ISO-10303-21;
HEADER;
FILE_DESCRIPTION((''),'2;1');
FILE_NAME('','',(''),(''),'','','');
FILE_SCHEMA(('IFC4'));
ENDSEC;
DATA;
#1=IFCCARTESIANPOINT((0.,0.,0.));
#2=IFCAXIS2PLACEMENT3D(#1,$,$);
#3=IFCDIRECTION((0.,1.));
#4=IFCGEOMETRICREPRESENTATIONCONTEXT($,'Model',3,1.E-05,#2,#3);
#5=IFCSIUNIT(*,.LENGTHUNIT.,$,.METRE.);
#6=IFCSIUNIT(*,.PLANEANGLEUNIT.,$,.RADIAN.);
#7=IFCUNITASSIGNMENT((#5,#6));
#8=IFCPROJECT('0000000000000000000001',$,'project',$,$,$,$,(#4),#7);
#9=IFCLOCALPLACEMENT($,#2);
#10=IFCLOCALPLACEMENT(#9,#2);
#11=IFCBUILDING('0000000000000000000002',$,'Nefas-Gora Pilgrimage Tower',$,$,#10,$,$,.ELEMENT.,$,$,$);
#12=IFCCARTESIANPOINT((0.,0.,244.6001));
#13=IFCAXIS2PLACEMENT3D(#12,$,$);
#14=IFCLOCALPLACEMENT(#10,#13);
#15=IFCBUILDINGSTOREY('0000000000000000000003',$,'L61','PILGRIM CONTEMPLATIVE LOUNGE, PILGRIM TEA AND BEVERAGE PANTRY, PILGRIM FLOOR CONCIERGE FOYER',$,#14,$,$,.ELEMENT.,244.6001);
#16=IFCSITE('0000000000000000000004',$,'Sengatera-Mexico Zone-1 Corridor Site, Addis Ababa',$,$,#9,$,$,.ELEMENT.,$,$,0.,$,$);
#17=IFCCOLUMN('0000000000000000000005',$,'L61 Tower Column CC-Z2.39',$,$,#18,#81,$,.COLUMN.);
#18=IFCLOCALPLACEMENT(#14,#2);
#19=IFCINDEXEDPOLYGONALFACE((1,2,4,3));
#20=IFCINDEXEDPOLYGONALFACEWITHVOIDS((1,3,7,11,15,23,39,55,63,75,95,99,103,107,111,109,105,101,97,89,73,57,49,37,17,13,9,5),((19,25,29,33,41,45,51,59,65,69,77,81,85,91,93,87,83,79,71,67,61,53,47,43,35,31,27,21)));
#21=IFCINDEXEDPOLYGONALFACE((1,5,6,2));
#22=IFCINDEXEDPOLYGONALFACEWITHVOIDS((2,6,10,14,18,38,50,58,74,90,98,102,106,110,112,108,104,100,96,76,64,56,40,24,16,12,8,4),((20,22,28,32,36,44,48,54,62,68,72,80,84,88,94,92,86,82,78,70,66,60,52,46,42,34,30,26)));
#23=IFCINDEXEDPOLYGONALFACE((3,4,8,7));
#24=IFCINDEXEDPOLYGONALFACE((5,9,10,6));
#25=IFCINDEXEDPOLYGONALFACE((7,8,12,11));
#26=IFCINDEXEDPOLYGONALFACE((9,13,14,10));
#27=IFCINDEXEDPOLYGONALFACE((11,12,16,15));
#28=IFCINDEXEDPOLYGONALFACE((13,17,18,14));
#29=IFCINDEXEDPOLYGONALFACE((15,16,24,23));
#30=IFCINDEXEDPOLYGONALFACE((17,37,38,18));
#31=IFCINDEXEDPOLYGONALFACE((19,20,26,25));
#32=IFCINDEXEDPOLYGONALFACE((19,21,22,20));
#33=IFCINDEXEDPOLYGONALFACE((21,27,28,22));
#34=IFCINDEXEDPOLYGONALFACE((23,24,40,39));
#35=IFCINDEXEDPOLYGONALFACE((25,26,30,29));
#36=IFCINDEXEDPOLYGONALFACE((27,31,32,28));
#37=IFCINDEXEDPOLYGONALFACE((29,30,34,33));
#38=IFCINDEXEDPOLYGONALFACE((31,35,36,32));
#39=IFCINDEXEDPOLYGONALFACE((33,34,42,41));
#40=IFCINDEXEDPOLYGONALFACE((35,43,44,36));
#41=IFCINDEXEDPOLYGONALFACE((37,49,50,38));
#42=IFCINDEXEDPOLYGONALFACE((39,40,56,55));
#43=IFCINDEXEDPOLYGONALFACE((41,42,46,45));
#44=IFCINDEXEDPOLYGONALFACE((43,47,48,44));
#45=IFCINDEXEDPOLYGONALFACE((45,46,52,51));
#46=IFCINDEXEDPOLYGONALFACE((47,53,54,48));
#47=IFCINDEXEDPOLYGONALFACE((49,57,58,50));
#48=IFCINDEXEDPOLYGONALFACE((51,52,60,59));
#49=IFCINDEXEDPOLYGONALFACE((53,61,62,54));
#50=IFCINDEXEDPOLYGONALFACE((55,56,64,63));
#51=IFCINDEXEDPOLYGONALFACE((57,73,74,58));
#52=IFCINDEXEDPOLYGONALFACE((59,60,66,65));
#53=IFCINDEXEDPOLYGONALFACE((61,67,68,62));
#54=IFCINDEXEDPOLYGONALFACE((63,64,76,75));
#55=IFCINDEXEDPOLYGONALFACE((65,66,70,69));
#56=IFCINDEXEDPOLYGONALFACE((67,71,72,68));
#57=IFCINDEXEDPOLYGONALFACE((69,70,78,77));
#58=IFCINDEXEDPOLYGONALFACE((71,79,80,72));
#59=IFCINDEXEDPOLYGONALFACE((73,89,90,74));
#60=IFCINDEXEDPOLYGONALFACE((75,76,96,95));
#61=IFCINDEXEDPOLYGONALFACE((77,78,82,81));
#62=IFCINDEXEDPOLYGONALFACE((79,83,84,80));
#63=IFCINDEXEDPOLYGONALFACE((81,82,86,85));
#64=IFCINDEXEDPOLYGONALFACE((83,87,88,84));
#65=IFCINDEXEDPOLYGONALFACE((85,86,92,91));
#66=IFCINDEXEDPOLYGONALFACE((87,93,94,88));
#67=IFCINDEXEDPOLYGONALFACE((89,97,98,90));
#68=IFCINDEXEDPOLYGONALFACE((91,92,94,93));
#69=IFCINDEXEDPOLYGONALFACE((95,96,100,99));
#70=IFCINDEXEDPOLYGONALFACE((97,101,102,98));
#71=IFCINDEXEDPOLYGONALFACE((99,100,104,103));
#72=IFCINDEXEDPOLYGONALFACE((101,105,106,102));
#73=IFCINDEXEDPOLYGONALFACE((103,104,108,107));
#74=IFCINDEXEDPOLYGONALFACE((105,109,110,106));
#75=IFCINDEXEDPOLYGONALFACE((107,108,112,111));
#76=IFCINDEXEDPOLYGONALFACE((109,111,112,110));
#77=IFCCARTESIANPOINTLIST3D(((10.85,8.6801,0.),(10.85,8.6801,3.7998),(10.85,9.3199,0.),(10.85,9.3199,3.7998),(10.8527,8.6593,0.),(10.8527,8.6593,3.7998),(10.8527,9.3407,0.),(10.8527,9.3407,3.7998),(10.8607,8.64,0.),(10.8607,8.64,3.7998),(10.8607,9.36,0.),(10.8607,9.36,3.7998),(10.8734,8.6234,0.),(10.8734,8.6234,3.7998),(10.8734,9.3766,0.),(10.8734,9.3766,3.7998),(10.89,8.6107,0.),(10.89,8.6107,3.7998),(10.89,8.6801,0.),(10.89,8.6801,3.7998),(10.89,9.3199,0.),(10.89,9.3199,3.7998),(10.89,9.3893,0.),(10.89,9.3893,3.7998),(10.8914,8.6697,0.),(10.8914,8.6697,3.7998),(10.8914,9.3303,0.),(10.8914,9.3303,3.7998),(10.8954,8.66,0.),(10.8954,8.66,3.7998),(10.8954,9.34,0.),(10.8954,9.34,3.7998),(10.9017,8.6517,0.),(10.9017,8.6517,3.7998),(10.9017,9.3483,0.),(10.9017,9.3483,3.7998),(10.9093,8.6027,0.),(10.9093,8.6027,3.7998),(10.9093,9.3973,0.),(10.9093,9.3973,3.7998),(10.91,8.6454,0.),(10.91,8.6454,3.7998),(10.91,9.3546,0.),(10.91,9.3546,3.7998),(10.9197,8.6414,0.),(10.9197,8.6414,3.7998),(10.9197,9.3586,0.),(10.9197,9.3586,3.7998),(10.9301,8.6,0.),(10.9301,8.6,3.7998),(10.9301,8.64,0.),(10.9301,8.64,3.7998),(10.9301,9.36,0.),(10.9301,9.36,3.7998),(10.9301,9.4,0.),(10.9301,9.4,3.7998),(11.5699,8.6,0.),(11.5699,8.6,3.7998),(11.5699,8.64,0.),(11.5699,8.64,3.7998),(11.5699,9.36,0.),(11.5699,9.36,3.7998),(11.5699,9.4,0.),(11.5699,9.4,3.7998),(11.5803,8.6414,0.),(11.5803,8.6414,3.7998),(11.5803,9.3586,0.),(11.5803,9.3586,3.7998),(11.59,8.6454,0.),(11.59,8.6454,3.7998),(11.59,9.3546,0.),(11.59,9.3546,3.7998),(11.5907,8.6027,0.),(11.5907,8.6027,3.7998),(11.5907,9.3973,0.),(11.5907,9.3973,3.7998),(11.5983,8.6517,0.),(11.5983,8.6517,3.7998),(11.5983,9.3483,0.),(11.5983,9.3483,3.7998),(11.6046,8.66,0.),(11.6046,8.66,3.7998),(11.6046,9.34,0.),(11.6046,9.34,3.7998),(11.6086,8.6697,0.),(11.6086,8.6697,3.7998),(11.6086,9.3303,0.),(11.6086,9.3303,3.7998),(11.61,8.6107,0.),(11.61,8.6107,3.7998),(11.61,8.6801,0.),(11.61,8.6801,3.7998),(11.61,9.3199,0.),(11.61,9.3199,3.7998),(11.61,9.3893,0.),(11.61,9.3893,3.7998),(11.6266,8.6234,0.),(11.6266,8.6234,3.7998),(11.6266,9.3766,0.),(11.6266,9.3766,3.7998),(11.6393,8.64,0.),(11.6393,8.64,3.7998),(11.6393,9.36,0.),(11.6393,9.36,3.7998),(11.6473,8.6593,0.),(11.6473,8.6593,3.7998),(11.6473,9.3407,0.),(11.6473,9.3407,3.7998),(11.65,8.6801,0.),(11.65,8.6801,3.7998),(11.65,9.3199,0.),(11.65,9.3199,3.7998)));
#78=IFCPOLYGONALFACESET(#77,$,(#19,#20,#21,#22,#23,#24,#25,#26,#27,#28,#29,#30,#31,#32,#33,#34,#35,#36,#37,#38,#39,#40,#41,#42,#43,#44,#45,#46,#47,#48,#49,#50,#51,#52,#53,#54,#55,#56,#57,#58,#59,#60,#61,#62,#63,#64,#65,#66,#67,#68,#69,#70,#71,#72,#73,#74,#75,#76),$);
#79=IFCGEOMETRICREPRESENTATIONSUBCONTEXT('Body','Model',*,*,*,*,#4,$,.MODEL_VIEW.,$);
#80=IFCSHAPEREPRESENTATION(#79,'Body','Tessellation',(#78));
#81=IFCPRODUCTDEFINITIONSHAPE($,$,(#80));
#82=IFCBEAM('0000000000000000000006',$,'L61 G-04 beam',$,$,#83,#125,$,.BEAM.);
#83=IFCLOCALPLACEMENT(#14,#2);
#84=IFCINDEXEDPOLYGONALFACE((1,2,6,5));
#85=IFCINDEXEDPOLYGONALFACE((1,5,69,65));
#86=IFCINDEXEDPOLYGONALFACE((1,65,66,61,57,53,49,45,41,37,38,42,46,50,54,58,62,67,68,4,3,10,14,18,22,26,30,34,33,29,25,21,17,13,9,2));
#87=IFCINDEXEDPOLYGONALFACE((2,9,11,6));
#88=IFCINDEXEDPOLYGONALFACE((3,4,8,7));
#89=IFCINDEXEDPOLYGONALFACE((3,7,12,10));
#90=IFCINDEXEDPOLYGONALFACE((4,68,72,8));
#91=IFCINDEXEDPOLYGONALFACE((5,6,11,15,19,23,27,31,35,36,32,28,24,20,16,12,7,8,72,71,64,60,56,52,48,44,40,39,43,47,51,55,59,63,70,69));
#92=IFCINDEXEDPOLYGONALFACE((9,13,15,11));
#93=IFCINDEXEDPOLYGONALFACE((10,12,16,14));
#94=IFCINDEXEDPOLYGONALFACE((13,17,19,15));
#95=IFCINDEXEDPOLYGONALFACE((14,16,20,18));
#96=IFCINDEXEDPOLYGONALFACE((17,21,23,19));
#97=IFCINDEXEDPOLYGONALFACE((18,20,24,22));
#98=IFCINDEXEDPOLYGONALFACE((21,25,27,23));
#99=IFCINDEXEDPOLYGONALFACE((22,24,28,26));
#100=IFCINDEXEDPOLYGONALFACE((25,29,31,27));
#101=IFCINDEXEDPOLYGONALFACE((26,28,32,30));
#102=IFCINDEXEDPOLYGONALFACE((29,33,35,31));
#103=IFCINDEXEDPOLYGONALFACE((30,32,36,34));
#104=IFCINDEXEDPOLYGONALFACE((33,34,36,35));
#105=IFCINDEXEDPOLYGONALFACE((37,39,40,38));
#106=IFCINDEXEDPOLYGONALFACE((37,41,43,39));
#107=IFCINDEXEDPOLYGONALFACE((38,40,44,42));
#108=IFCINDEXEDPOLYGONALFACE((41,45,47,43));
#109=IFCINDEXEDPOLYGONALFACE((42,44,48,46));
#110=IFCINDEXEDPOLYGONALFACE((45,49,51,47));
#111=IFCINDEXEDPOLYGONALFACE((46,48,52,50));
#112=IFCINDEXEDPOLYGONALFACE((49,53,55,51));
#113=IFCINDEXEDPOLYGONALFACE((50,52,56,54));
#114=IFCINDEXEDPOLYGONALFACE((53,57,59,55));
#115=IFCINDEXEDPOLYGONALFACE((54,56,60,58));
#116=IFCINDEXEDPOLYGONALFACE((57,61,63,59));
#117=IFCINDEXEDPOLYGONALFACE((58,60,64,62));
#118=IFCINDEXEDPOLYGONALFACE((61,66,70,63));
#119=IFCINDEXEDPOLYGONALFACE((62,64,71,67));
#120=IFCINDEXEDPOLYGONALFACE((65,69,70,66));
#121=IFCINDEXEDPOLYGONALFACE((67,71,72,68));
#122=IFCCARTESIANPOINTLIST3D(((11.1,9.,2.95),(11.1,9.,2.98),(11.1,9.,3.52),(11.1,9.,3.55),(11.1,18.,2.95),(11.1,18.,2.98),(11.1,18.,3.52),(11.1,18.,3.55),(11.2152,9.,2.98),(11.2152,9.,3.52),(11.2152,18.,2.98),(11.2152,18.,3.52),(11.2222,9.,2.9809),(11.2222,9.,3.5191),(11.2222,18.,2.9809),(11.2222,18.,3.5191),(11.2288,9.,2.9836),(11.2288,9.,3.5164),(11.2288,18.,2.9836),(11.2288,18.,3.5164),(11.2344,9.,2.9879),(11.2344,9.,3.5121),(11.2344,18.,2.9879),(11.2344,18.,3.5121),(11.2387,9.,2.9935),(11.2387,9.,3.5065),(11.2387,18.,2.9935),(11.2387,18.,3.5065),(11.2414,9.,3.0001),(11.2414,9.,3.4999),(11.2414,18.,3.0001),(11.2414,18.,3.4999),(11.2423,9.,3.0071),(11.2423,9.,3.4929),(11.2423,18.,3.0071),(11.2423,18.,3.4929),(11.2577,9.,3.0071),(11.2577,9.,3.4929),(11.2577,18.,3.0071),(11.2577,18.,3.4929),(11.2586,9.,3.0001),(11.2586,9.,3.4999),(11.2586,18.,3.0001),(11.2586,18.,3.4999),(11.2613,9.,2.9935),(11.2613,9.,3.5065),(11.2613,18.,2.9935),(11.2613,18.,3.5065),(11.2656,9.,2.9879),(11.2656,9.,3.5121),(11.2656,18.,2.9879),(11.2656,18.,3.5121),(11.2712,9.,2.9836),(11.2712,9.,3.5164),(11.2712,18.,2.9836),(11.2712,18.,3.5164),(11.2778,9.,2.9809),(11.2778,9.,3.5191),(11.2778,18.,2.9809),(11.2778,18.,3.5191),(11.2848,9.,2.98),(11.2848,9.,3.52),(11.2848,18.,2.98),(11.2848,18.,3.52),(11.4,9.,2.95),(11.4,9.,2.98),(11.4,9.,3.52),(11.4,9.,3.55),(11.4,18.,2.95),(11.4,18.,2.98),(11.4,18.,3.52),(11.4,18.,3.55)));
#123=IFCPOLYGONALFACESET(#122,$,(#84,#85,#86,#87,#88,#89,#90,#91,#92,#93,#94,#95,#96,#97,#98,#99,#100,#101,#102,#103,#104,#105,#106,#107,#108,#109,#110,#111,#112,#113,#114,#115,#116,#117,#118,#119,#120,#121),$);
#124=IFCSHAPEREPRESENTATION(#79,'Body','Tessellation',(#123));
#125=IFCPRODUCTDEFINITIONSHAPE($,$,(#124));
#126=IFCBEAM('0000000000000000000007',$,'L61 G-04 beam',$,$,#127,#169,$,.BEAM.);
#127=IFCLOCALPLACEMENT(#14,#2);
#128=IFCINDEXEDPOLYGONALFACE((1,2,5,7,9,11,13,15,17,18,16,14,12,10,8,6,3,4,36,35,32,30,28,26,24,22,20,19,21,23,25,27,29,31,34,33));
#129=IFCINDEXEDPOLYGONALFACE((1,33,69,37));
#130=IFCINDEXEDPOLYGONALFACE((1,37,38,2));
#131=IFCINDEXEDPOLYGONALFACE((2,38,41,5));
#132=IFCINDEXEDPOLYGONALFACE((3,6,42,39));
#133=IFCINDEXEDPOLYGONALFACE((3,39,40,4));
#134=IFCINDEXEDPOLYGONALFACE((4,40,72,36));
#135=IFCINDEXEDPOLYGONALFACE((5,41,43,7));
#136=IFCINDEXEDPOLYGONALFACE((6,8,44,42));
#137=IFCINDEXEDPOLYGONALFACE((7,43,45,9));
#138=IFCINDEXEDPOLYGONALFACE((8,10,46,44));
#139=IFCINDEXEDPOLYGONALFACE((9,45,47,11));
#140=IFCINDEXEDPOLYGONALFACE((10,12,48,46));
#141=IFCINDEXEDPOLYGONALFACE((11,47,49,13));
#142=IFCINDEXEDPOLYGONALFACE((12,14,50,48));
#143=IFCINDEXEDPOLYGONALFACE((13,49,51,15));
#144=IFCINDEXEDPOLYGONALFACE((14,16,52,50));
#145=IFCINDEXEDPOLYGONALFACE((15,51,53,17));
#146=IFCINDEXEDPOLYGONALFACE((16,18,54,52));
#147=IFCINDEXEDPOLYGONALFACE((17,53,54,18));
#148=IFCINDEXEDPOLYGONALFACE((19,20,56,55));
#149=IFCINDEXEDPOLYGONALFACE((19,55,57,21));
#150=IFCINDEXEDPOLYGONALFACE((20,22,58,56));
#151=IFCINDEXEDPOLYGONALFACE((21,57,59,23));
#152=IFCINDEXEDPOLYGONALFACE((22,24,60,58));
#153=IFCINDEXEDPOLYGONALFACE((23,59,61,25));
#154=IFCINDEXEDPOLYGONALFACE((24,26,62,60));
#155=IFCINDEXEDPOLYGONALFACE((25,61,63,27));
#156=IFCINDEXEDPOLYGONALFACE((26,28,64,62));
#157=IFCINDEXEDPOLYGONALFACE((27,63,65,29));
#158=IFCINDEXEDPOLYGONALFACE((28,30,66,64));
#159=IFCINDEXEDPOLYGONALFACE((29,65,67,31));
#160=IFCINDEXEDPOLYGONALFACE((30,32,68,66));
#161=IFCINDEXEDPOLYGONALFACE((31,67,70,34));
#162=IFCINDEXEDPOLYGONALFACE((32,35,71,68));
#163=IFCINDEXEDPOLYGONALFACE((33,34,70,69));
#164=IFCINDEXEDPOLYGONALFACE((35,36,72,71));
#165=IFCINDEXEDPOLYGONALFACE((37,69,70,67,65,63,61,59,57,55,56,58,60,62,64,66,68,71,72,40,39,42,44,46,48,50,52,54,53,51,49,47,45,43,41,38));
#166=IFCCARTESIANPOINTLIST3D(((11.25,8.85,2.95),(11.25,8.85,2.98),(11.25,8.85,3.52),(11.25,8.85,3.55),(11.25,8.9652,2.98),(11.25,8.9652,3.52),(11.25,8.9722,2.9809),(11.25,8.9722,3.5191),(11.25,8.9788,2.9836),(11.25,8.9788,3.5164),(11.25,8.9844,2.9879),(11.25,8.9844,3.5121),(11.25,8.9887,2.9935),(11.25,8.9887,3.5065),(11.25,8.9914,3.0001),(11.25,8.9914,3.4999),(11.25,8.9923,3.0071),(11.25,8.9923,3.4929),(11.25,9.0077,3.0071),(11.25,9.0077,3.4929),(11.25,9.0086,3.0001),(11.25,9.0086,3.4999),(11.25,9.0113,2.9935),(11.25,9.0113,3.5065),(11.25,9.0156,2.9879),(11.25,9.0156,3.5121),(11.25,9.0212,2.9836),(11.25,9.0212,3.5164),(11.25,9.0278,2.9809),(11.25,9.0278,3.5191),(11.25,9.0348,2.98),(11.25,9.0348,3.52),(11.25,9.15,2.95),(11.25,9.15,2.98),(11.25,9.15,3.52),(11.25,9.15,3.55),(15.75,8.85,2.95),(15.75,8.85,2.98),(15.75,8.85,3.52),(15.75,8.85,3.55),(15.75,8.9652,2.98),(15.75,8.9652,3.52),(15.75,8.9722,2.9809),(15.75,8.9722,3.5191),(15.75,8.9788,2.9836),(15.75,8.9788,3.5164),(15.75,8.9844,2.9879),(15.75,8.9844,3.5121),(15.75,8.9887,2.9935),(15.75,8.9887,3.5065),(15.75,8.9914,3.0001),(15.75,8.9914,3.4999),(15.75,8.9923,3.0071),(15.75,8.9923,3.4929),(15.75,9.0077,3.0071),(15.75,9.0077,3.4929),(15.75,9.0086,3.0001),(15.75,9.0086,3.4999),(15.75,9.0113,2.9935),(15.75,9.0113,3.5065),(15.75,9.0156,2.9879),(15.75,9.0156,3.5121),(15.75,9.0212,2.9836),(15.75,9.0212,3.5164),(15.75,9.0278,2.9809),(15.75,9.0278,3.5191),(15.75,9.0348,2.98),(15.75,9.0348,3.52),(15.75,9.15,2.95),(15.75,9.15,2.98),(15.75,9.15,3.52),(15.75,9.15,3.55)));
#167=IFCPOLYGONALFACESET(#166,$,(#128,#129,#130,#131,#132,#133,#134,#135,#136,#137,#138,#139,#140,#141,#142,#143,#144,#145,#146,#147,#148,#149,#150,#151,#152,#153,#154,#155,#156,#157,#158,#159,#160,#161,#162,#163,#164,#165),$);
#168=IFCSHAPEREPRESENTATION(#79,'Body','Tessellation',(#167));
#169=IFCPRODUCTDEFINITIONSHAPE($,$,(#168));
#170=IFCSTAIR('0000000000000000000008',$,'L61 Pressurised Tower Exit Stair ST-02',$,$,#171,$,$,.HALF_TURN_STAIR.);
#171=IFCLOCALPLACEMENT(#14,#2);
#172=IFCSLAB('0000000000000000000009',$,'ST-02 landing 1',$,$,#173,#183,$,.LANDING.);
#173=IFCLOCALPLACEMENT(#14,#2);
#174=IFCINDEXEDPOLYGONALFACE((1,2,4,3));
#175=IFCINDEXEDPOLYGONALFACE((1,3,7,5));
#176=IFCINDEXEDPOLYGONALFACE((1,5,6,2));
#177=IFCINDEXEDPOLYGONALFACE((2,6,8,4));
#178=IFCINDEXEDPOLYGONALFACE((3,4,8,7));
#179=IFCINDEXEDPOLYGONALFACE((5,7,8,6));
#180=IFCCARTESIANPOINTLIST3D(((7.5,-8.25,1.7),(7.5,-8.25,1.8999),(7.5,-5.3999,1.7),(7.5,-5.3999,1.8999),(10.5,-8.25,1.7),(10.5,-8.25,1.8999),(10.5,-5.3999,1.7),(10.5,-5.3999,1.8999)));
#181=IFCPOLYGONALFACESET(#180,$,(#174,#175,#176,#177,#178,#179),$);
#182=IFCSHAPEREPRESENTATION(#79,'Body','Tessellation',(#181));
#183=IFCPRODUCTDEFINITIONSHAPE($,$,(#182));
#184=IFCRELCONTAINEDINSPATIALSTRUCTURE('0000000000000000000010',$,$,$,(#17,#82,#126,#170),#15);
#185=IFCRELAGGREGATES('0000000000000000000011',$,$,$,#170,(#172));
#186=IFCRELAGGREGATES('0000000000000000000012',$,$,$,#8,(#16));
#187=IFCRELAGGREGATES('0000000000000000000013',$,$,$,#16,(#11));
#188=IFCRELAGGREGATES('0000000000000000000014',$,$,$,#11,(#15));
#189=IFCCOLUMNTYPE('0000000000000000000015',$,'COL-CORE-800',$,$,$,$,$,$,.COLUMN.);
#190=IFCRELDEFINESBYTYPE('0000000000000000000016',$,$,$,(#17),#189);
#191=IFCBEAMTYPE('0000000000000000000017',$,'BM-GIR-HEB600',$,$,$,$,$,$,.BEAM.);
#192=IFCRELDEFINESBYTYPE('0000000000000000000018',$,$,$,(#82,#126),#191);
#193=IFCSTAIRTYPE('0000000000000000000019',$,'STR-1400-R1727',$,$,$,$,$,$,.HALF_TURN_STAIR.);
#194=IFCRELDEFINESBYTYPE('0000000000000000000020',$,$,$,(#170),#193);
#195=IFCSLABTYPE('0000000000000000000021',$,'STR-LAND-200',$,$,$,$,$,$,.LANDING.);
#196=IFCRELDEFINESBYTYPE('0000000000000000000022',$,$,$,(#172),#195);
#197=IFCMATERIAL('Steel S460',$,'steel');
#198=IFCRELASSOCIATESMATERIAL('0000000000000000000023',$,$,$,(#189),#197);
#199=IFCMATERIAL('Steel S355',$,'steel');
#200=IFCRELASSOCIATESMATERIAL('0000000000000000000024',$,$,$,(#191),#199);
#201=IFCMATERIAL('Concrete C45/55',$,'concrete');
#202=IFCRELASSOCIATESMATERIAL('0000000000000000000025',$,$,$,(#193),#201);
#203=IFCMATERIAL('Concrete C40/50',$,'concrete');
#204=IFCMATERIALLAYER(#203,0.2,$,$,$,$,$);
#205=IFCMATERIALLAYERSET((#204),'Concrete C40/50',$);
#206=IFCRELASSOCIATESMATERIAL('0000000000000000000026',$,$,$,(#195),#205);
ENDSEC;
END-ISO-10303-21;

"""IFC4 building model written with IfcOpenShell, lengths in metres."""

from ifc_helpers import new_model, si_unit, direction, frame, origin, origin_2d, place, context, subcontext, project, spatial, polyline, hollow_rectangle, i_section, outline, extrude, source, transform, mapped, material, layer, layer_set, material_profile, profile_set, type_object, element, aggregate, save


model = new_model("IFC4")

# Units and contexts
model_context = context("Model", 3, precision=1e-05, world=origin(), true_north=direction((0.0, 1.0)))
body_context = subcontext(model_context, "Body", "Model", "MODEL_VIEW")
ifc_project = project(units=[si_unit("LENGTHUNIT", "METRE"), si_unit("PLANEANGLEUNIT", "RADIAN")], contexts=[model_context])

# Site, building, storey
site_placement = place(None, origin())
site = spatial("IfcSite", under=ifc_project, at=site_placement, Name="Sengatera-Mexico Zone-1 Corridor Site, Addis Ababa", CompositionType="ELEMENT", RefElevation=0.0)
building_placement = place(site_placement, origin())
building = spatial("IfcBuilding", under=site, at=building_placement, Name="Nefas-Gora Pilgrimage Tower", CompositionType="ELEMENT")
storey_placement = place(building_placement, frame((0.0, 0.0, 244.6001)))
storey = spatial("IfcBuildingStorey", under=building, at=storey_placement, Name="L61", Description="PILGRIM CONTEMPLATIVE LOUNGE, PILGRIM TEA AND BEVERAGE PANTRY, PILGRIM FLOOR CONCIERGE FOYER", CompositionType="ELEMENT", Elevation=244.6001)

# Column
ifc_material_1 = material(Name="Steel S460", Category="steel")
ifc_material_profile_1 = material_profile(ifc_material_1, hollow_rectangle(XDim=0.8, YDim=0.8, WallThickness=0.04, InnerFilletRadius=0.04, OuterFilletRadius=0.0801, at=origin_2d()), Name="BOX 800x800x40")
ifc_profile_set_1 = profile_set([ifc_material_profile_1], Name="Steel S460")
column_type = type_object("IfcColumnType", Name="COL-CORE-800", PredefinedType="COLUMN", material=ifc_profile_set_1)
shared_shape_1 = source(origin(), body_context, "Body", "SweptSolid", [
    extrude(hollow_rectangle(XDim=0.8, YDim=0.8, WallThickness=0.04, InnerFilletRadius=0.04, OuterFilletRadius=0.0801, at=origin_2d()), origin(), (0.0, 0.0, 1.0), 3.7998),
])
column_placement = place(storey_placement, frame((11.25, 9.0, 0.0), z_axis=(0.0, 0.0, 1.0), x_axis=(1.0, 0.0, 0.0)))
element("IfcColumn", 1, at=column_placement, inside=storey, type_object=column_type, Name="L61 Tower Column CC-Z2.39", PredefinedType="COLUMN", context=body_context, shape_type="MappedRepresentation", body=[
    mapped(shared_shape_1, transform((0.0, 0.0, 0.0), x_axis=(1.0, 0.0, 0.0), y_axis=(0.0, 1.0, 0.0), z_axis=(0.0, 0.0, 1.0), scale=1.0)),
])

# Beams
ifc_material_2 = material(Name="Steel S355", Category="steel")
ifc_material_profile_2 = material_profile(ifc_material_2, i_section(OverallWidth=0.3, OverallDepth=0.6001, WebThickness=0.0154, FlangeThickness=0.03, FilletRadius=0.0271, at=origin_2d()), Name="HEB 600")
ifc_profile_set_2 = profile_set([ifc_material_profile_2], Name="Steel S355")
beam_type = type_object("IfcBeamType", Name="BM-GIR-HEB600", PredefinedType="BEAM", material=ifc_profile_set_2)
shared_shape_2 = source(origin(), body_context, "Body", "SweptSolid", [
    extrude(i_section(OverallWidth=0.3, OverallDepth=0.6001, WebThickness=0.0154, FlangeThickness=0.03, FilletRadius=0.0271, at=origin_2d()), origin(), (0.0, 0.0, 1.0), 9.0),
])
beam_1_placement = place(storey_placement, frame((11.25, 9.0, 3.25), z_axis=(0.0, 1.0, 0.0), x_axis=(-1.0, 0.0, 0.0)))
element("IfcBeam", 2, at=beam_1_placement, inside=storey, type_object=beam_type, Name="L61 G-04 beam", PredefinedType="BEAM", context=body_context, shape_type="MappedRepresentation", body=[
    mapped(shared_shape_2, transform((0.0, 0.0, 0.0), x_axis=(1.0, 0.0, 0.0), y_axis=(0.0, 1.0, 0.0), z_axis=(0.0, 0.0, 1.0), scale=1.0)),
])
shared_shape_3 = source(origin(), body_context, "Body", "SweptSolid", [
    extrude(i_section(OverallWidth=0.3, OverallDepth=0.6001, WebThickness=0.0154, FlangeThickness=0.03, FilletRadius=0.0271, at=origin_2d()), origin(), (0.0, 0.0, 1.0), 4.5),
])
beam_2_placement = place(storey_placement, frame((11.25, 9.0, 3.25), z_axis=(1.0, 0.0, 0.0), x_axis=(0.0, 1.0, 0.0)))
element("IfcBeam", 3, at=beam_2_placement, inside=storey, type_object=beam_type, Name="L61 G-04 beam", PredefinedType="BEAM", context=body_context, shape_type="MappedRepresentation", body=[
    mapped(shared_shape_3, transform((0.0, 0.0, 0.0), x_axis=(1.0, 0.0, 0.0), y_axis=(0.0, 1.0, 0.0), z_axis=(0.0, 0.0, 1.0), scale=1.0)),
])

# Stair, slab
ifc_material_3 = material(Name="Concrete C45/55", Category="concrete")
stair_type = type_object("IfcStairType", Name="STR-1400-R1727", PredefinedType="HALF_TURN_STAIR", material=ifc_material_3)
stair_1_placement = place(storey_placement, origin())
stair_1 = element("IfcStair", 4, at=stair_1_placement, inside=storey, type_object=stair_type, Name="L61 Pressurised Tower Exit Stair ST-02", PredefinedType="HALF_TURN_STAIR")
ifc_material_4 = material(Name="Concrete C40/50", Category="concrete")
ifc_layer_1 = layer(ifc_material_4, 0.2)
ifc_layer_set_1 = layer_set([ifc_layer_1], Name="Concrete C40/50")
slab_type = type_object("IfcSlabType", Name="STR-LAND-200", PredefinedType="LANDING", material=ifc_layer_set_1)
slab_1_placement = place(storey_placement, frame((0.0, 0.0, 1.7)))
slab_1 = element("IfcSlab", 5, at=slab_1_placement, type_object=slab_type, Name="ST-02 landing 1", PredefinedType="LANDING", context=body_context, shape_type="SweptSolid", body=[
    extrude(outline(polyline([(7.5, -5.3999), (7.5, -8.25), (10.5, -8.25), (10.5, -5.3999), (7.5, -5.3999)])), origin(), (0.0, 0.0, 1.0), 0.2),
])
aggregate(stair_1, [slab_1])

save(model, "model.ifc")
